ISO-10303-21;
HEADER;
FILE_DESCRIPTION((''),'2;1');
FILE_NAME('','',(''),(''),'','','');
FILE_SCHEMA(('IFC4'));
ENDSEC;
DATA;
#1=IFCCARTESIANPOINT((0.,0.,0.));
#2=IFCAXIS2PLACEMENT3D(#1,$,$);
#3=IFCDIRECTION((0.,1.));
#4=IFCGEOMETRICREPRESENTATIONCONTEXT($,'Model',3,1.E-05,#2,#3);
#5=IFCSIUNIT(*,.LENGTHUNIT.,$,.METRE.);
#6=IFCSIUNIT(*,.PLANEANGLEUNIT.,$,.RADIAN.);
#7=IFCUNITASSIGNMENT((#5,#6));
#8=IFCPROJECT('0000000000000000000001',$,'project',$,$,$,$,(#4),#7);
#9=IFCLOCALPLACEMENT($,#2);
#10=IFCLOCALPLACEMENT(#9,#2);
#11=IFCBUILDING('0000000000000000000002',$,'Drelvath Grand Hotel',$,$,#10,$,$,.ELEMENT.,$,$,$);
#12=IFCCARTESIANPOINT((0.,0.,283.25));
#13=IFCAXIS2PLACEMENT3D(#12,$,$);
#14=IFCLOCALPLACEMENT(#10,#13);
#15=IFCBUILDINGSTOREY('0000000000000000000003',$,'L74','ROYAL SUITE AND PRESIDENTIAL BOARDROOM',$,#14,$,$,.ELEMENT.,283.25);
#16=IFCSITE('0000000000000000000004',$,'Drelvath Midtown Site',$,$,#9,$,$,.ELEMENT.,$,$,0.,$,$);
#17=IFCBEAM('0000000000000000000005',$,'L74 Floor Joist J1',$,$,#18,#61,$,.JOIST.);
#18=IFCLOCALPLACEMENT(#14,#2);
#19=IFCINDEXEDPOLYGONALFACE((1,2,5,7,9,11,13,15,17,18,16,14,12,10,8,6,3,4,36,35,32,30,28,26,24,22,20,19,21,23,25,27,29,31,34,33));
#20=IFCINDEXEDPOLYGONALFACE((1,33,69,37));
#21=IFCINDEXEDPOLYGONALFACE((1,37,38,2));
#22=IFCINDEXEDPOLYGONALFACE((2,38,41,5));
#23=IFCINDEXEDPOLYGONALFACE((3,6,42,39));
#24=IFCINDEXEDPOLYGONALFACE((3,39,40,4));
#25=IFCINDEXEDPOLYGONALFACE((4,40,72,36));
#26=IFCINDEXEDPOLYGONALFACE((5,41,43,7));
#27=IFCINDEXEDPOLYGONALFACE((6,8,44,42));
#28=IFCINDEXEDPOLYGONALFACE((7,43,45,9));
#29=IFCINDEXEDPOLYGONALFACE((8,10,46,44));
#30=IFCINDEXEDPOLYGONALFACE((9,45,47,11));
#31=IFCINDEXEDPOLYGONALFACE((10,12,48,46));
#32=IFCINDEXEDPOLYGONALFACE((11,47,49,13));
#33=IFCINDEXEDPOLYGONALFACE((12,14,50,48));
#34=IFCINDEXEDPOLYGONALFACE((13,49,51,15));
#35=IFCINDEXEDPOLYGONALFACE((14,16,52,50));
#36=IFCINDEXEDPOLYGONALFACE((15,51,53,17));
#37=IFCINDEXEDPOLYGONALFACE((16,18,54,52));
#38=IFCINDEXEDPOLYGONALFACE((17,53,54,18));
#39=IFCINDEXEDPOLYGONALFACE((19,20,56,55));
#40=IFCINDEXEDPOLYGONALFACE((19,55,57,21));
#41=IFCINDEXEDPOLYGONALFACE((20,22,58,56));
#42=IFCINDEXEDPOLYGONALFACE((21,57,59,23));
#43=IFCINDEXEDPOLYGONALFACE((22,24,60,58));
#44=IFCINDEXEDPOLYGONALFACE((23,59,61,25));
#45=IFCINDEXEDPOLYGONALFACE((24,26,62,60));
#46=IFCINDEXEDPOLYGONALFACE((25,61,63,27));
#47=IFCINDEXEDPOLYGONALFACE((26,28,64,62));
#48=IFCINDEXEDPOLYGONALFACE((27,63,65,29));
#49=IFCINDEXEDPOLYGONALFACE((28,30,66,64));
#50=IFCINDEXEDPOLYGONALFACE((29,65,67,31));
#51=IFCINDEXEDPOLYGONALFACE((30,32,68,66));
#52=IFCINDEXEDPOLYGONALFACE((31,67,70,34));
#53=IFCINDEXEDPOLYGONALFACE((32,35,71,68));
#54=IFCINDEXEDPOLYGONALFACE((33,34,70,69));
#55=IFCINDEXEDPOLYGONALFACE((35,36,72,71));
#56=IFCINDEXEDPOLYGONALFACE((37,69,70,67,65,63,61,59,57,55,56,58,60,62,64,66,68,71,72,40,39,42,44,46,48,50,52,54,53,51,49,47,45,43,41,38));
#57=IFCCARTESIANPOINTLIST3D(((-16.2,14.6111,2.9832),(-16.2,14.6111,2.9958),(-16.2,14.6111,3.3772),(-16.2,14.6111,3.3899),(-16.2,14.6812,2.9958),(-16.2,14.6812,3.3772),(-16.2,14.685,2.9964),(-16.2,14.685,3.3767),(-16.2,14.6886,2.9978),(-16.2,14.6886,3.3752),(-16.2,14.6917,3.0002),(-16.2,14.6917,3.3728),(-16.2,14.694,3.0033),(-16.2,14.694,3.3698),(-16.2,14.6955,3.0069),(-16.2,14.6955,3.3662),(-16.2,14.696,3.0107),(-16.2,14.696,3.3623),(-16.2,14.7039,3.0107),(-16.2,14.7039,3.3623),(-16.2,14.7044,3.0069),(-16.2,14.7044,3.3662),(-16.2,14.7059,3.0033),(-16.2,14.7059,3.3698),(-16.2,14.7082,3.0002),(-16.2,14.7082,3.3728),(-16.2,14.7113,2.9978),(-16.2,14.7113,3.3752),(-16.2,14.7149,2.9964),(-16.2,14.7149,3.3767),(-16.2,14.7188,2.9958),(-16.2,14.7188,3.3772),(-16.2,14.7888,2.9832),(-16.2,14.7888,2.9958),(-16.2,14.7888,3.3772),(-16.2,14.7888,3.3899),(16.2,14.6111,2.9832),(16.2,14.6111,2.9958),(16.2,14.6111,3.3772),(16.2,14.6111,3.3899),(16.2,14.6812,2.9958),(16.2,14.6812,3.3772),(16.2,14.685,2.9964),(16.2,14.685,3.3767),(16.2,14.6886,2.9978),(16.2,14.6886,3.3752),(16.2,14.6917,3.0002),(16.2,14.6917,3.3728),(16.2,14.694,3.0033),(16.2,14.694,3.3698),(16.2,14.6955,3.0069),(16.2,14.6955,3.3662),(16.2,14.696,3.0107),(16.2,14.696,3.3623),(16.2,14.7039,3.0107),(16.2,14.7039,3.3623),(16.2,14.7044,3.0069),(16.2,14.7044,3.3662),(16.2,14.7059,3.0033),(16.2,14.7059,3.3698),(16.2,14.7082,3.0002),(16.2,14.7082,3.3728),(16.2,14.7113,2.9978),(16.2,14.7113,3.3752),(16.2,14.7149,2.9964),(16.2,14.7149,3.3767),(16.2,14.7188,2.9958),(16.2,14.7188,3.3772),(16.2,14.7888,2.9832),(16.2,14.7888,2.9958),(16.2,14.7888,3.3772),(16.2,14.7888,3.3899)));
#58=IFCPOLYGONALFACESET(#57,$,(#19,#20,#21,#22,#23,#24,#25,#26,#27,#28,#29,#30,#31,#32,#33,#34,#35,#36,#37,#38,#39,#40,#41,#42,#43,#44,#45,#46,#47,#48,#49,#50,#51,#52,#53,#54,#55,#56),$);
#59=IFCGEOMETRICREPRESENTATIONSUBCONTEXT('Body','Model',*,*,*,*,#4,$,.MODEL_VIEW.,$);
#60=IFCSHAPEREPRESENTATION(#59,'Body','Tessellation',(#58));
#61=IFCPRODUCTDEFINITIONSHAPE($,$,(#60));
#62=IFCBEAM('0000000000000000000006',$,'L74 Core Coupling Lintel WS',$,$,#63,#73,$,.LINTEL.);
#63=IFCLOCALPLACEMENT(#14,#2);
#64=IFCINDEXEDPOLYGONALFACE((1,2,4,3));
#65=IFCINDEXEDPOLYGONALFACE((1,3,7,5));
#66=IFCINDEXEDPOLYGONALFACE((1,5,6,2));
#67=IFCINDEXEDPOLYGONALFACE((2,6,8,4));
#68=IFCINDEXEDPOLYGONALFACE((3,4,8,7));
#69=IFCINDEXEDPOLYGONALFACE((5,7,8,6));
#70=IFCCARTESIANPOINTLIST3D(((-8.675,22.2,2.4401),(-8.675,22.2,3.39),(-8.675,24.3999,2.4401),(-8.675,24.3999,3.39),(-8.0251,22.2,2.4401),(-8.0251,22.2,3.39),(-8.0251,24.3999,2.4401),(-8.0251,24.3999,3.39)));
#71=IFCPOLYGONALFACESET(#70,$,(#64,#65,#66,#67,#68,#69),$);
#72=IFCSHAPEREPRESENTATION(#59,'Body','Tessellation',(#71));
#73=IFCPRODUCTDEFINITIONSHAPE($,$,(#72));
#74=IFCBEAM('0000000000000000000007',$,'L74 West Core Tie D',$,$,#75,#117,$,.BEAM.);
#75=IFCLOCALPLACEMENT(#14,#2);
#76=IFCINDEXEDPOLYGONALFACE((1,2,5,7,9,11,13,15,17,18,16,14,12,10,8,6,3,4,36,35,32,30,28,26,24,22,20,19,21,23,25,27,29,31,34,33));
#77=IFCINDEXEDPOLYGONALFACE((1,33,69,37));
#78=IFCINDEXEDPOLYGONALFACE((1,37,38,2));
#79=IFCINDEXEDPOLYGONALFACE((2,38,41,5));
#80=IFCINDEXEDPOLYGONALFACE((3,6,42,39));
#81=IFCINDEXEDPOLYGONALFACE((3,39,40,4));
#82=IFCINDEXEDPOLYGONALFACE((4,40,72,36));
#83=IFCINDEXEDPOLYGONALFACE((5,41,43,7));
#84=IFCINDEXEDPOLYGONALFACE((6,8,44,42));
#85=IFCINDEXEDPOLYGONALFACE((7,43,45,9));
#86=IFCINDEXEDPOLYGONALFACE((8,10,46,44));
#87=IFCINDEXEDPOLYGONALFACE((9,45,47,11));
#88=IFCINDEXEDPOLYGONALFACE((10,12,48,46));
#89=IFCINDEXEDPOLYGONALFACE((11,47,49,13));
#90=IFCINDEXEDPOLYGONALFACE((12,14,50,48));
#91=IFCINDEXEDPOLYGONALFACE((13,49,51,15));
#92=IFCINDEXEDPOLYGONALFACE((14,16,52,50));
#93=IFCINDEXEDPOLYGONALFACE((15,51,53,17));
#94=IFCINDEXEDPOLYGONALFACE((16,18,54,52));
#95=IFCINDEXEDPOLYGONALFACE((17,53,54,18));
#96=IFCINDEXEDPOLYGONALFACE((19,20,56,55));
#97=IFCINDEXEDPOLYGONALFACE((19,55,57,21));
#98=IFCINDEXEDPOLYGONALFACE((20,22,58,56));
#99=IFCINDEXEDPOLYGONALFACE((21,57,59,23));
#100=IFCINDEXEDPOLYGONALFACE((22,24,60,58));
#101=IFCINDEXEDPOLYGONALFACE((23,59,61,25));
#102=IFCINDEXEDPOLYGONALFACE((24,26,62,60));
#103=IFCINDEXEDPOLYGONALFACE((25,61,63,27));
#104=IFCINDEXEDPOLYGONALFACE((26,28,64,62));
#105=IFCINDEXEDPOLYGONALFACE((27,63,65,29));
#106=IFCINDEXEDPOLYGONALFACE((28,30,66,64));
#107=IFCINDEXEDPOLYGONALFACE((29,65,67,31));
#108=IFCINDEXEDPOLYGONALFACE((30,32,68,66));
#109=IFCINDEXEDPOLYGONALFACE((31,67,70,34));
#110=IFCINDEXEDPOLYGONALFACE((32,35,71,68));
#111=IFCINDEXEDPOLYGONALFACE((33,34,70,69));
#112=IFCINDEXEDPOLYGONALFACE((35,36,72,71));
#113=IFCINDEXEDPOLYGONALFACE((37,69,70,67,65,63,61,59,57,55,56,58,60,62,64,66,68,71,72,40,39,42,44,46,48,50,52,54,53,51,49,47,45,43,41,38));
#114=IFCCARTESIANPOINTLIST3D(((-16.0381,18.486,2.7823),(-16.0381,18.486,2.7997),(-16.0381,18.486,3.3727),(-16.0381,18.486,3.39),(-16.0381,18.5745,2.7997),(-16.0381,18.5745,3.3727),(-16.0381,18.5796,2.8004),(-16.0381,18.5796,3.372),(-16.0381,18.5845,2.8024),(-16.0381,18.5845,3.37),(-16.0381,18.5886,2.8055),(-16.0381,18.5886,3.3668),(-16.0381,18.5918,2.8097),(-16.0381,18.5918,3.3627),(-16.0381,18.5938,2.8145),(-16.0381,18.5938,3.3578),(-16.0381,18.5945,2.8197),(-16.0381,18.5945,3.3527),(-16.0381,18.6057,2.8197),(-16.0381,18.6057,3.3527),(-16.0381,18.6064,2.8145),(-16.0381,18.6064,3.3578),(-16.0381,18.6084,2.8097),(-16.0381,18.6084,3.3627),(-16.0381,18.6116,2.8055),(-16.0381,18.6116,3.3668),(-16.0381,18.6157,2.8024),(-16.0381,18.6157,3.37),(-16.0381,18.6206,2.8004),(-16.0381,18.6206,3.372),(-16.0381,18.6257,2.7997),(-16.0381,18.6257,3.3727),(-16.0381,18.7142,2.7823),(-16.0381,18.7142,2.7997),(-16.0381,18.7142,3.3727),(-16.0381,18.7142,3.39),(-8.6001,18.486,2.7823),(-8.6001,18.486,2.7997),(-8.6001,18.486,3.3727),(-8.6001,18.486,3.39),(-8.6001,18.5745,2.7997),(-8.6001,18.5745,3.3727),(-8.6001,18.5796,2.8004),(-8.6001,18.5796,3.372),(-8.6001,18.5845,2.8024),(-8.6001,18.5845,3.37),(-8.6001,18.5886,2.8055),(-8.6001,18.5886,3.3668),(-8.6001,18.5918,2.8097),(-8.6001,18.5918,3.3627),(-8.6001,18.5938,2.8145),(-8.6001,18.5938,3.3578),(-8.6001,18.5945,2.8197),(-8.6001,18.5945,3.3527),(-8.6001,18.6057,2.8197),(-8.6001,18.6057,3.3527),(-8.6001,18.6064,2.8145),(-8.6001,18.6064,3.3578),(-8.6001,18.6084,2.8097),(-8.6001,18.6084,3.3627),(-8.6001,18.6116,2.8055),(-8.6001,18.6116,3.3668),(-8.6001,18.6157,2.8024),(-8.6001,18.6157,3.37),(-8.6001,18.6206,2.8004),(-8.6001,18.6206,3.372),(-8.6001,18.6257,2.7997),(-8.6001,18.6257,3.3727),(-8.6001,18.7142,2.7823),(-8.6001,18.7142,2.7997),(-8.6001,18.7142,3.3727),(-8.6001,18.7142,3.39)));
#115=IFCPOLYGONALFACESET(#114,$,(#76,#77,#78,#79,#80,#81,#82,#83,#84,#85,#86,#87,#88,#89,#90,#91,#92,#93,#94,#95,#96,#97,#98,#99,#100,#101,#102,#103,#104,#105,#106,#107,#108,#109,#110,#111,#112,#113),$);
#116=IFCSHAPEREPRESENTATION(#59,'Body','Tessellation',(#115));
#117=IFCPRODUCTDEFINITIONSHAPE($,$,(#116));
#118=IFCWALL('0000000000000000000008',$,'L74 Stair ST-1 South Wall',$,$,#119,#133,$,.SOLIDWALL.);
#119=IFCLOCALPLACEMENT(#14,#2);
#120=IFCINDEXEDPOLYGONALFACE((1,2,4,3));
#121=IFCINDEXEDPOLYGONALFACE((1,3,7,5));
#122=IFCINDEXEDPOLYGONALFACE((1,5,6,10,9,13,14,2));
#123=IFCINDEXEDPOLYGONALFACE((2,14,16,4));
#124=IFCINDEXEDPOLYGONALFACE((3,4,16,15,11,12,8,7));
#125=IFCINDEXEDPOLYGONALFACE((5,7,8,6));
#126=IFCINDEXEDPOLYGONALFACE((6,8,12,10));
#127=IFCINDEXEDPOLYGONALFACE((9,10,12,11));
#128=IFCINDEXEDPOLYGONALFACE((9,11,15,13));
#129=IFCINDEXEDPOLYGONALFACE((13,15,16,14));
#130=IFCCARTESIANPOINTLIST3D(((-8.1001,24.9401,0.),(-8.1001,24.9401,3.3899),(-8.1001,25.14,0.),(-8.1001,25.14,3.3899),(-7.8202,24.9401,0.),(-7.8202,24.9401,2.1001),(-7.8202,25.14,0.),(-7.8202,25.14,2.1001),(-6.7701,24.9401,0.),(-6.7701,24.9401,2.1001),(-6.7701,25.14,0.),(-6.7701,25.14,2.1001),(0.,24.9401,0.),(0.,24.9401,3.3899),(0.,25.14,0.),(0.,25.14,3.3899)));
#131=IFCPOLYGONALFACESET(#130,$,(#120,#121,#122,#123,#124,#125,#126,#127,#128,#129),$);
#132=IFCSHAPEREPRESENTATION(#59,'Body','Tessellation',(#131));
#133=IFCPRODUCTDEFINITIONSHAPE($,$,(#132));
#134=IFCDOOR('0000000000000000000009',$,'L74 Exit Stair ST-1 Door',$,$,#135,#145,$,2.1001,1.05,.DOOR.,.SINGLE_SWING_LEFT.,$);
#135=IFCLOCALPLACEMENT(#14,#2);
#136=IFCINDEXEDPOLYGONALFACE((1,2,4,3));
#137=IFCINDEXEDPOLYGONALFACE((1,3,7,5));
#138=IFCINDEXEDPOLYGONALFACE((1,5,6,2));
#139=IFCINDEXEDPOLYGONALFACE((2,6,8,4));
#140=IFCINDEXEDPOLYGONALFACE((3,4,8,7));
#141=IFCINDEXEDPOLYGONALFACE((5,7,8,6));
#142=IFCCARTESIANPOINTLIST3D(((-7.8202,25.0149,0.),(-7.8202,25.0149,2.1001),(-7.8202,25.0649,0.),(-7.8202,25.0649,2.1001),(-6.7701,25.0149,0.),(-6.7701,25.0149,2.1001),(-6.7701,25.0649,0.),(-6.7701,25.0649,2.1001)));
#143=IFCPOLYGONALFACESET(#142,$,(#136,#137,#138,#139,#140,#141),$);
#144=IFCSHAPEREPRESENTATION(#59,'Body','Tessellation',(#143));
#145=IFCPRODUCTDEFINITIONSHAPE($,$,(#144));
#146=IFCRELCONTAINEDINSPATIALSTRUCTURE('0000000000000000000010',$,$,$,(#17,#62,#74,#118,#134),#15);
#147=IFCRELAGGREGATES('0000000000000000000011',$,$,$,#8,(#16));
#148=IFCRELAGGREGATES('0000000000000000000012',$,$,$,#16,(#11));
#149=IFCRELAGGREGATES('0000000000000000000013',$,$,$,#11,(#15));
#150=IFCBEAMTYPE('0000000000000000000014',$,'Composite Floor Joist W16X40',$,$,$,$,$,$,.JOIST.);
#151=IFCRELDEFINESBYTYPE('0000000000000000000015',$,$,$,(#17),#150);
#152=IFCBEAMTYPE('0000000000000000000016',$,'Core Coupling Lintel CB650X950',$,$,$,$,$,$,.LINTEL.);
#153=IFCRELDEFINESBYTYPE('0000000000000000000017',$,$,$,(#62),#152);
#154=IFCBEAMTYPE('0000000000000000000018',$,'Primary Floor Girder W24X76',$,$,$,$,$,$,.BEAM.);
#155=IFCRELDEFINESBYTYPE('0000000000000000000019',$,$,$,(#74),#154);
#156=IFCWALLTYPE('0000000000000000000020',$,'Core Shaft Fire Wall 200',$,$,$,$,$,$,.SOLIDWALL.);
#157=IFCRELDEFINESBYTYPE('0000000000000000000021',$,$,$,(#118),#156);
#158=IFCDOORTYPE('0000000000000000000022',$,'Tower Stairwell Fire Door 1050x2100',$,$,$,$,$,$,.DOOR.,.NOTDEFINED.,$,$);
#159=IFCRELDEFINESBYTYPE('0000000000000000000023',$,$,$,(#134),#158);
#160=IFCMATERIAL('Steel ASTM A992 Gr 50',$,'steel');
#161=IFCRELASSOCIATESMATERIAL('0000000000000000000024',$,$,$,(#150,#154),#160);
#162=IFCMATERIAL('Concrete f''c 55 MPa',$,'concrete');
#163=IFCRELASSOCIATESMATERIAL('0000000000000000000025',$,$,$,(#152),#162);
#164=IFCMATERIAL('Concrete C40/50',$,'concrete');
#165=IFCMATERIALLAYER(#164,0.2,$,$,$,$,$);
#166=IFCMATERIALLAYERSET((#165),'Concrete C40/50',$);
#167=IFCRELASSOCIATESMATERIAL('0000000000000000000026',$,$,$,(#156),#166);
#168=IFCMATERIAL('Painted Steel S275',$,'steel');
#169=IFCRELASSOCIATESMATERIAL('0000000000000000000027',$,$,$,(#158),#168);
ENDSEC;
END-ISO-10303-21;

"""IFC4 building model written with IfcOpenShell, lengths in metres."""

from ifc_helpers import new_model, si_unit, direction, frame, frame_2d, origin, origin_2d, place, context, subcontext, project, spatial, rectangle, i_section, extrude, material, layer, layer_set, material_profile, profile_set, type_object, element, fill, save


model = new_model("IFC4")

# Units and contexts
model_context = context("Model", 3, precision=1e-05, world=origin(), true_north=direction((0.0, 1.0)))
body_context = subcontext(model_context, "Body", "Model", "MODEL_VIEW")
ifc_project = project(units=[si_unit("LENGTHUNIT", "METRE"), si_unit("PLANEANGLEUNIT", "RADIAN")], contexts=[model_context])

# Site, building, storey
site_placement = place(None, origin())
site = spatial("IfcSite", under=ifc_project, at=site_placement, Name="Drelvath Midtown Site", CompositionType="ELEMENT", RefElevation=0.0)
building_placement = place(site_placement, origin())
building = spatial("IfcBuilding", under=site, at=building_placement, Name="Drelvath Grand Hotel", CompositionType="ELEMENT")
storey_placement = place(building_placement, frame((0.0, 0.0, 283.25)))
storey = spatial("IfcBuildingStorey", under=building, at=storey_placement, Name="L74", Description="ROYAL SUITE AND PRESIDENTIAL BOARDROOM", CompositionType="ELEMENT", Elevation=283.25)

# Beams
ifc_material_1 = material(Name="Steel ASTM A992 Gr 50", Category="steel")
ifc_material_profile_1 = material_profile(ifc_material_1, i_section(OverallWidth=0.1777, OverallDepth=0.4067, WebThickness=0.0078, FlangeThickness=0.0127, FilletRadius=0.0149, at=origin_2d()), Name="W16X40")
ifc_profile_set_1 = profile_set([ifc_material_profile_1], Name="Steel ASTM A992 Gr 50")
beam_type_1 = type_object("IfcBeamType", Name="Composite Floor Joist W16X40", PredefinedType="JOIST", material=ifc_profile_set_1)
beam_1_placement = place(storey_placement, frame((-16.2, 14.7, 3.1865), z_axis=(1.0, 0.0, 0.0), x_axis=(0.0, 1.0, 0.0)))
element("IfcBeam", 1, at=beam_1_placement, inside=storey, type_object=beam_type_1, Name="L74 Floor Joist J1", PredefinedType="JOIST", context=body_context, shape_type="SweptSolid", body=[
    extrude(i_section(OverallWidth=0.1777, OverallDepth=0.4067, WebThickness=0.0078, FlangeThickness=0.0127, FilletRadius=0.0149, at=origin_2d()), origin(), (0.0, 0.0, 1.0), 32.3999),
])
ifc_material_2 = material(Name="Concrete f'c 55 MPa", Category="concrete")
ifc_material_profile_2 = material_profile(ifc_material_2, rectangle(XDim=0.6499, YDim=0.95, at=origin_2d()), Name="CB650X950")
ifc_profile_set_2 = profile_set([ifc_material_profile_2], Name="Concrete f'c 55 MPa")
beam_type_2 = type_object("IfcBeamType", Name="Core Coupling Lintel CB650X950", PredefinedType="LINTEL", material=ifc_profile_set_2)
beam_2_placement = place(storey_placement, frame((-8.3501, 22.2, 2.915), z_axis=(0.0, 1.0, 0.0), x_axis=(-1.0, 0.0, 0.0)))
element("IfcBeam", 2, at=beam_2_placement, inside=storey, type_object=beam_type_2, Name="L74 Core Coupling Lintel WS", PredefinedType="LINTEL", context=body_context, shape_type="SweptSolid", body=[
    extrude(rectangle(XDim=0.6499, YDim=0.95, at=origin_2d()), origin(), (0.0, 0.0, 1.0), 2.2),
])
ifc_material_profile_3 = material_profile(ifc_material_1, i_section(OverallWidth=0.2283, OverallDepth=0.6077, WebThickness=0.0112, FlangeThickness=0.0173, FilletRadius=0.02, at=origin_2d()), Name="W24X76")
ifc_profile_set_3 = profile_set([ifc_material_profile_3], Name="Steel ASTM A992 Gr 50")
beam_type_3 = type_object("IfcBeamType", Name="Primary Floor Girder W24X76", PredefinedType="BEAM", material=ifc_profile_set_3)
beam_3_placement = place(storey_placement, frame((-16.0381, 18.6001, 3.0862), z_axis=(1.0, 0.0, 0.0), x_axis=(0.0, 1.0, 0.0)))
element("IfcBeam", 3, at=beam_3_placement, inside=storey, type_object=beam_type_3, Name="L74 West Core Tie D", PredefinedType="BEAM", context=body_context, shape_type="SweptSolid", body=[
    extrude(i_section(OverallWidth=0.2283, OverallDepth=0.6077, WebThickness=0.0112, FlangeThickness=0.0173, FilletRadius=0.02, at=origin_2d()), origin(), (0.0, 0.0, 1.0), 7.438),
])

# Wall, opening, door
ifc_material_3 = material(Name="Concrete C40/50", Category="concrete")
ifc_layer_1 = layer(ifc_material_3, 0.2)
ifc_layer_set_1 = layer_set([ifc_layer_1], Name="Concrete C40/50")
wall_type_1 = type_object("IfcWallType", Name="Core Shaft Fire Wall 200", PredefinedType="SOLIDWALL", material=ifc_layer_set_1)
wall_1_placement = place(storey_placement, frame((-8.1001, 25.04, 0.0), z_axis=(0.0, 0.0, 1.0), x_axis=(1.0, 0.0, 0.0)))
wall_1 = element("IfcWall", 4, at=wall_1_placement, inside=storey, type_object=wall_type_1, Name="L74 Stair ST-1 South Wall", PredefinedType="SOLIDWALL", context=body_context, shape_type="SweptSolid", body=[
    extrude(rectangle(XDim=8.1001, YDim=0.2, at=frame_2d((4.05, 0.0))), origin(), (0.0, 0.0, 1.0), 3.3899),
])
opening_1_placement = place(wall_1_placement, frame((0.28, 0.0, 0.0)))
opening_1 = element("IfcOpeningElement", 5, at=opening_1_placement, cuts=wall_1, PredefinedType="OPENING", context=body_context, shape_type="SweptSolid", body=[
    extrude(rectangle(XDim=1.05, YDim=2.1001, at=frame_2d((0.5249, 1.05))), frame((0.0, 0.1099, 0.0), z_axis=(0.0, -1.0, 0.0), x_axis=(1.0, 0.0, 0.0)), (0.0, 0.0, 1.0), 0.22),
])
ifc_material_4 = material(Name="Painted Steel S275", Category="steel")
door_type_1 = type_object("IfcDoorType", Name="Tower Stairwell Fire Door 1050x2100", OperationType="NOTDEFINED", PredefinedType="DOOR", material=ifc_material_4)
door_1_placement = place(opening_1_placement, origin())
door_1 = element("IfcDoor", 6, at=door_1_placement, inside=storey, type_object=door_type_1, Name="L74 Exit Stair ST-1 Door", OperationType="SINGLE_SWING_LEFT", OverallHeight=2.1001, OverallWidth=1.05, PredefinedType="DOOR", context=body_context, shape_type="SweptSolid", body=[
    extrude(rectangle(XDim=1.05, YDim=2.1001, at=frame_2d((0.5249, 1.05))), frame((0.0, 0.0249, 0.0), z_axis=(0.0, -1.0, 0.0), x_axis=(1.0, 0.0, 0.0)), (0.0, 0.0, 1.0), 0.05),
])
fill(opening_1, door_1)

save(model, "model.ifc")
